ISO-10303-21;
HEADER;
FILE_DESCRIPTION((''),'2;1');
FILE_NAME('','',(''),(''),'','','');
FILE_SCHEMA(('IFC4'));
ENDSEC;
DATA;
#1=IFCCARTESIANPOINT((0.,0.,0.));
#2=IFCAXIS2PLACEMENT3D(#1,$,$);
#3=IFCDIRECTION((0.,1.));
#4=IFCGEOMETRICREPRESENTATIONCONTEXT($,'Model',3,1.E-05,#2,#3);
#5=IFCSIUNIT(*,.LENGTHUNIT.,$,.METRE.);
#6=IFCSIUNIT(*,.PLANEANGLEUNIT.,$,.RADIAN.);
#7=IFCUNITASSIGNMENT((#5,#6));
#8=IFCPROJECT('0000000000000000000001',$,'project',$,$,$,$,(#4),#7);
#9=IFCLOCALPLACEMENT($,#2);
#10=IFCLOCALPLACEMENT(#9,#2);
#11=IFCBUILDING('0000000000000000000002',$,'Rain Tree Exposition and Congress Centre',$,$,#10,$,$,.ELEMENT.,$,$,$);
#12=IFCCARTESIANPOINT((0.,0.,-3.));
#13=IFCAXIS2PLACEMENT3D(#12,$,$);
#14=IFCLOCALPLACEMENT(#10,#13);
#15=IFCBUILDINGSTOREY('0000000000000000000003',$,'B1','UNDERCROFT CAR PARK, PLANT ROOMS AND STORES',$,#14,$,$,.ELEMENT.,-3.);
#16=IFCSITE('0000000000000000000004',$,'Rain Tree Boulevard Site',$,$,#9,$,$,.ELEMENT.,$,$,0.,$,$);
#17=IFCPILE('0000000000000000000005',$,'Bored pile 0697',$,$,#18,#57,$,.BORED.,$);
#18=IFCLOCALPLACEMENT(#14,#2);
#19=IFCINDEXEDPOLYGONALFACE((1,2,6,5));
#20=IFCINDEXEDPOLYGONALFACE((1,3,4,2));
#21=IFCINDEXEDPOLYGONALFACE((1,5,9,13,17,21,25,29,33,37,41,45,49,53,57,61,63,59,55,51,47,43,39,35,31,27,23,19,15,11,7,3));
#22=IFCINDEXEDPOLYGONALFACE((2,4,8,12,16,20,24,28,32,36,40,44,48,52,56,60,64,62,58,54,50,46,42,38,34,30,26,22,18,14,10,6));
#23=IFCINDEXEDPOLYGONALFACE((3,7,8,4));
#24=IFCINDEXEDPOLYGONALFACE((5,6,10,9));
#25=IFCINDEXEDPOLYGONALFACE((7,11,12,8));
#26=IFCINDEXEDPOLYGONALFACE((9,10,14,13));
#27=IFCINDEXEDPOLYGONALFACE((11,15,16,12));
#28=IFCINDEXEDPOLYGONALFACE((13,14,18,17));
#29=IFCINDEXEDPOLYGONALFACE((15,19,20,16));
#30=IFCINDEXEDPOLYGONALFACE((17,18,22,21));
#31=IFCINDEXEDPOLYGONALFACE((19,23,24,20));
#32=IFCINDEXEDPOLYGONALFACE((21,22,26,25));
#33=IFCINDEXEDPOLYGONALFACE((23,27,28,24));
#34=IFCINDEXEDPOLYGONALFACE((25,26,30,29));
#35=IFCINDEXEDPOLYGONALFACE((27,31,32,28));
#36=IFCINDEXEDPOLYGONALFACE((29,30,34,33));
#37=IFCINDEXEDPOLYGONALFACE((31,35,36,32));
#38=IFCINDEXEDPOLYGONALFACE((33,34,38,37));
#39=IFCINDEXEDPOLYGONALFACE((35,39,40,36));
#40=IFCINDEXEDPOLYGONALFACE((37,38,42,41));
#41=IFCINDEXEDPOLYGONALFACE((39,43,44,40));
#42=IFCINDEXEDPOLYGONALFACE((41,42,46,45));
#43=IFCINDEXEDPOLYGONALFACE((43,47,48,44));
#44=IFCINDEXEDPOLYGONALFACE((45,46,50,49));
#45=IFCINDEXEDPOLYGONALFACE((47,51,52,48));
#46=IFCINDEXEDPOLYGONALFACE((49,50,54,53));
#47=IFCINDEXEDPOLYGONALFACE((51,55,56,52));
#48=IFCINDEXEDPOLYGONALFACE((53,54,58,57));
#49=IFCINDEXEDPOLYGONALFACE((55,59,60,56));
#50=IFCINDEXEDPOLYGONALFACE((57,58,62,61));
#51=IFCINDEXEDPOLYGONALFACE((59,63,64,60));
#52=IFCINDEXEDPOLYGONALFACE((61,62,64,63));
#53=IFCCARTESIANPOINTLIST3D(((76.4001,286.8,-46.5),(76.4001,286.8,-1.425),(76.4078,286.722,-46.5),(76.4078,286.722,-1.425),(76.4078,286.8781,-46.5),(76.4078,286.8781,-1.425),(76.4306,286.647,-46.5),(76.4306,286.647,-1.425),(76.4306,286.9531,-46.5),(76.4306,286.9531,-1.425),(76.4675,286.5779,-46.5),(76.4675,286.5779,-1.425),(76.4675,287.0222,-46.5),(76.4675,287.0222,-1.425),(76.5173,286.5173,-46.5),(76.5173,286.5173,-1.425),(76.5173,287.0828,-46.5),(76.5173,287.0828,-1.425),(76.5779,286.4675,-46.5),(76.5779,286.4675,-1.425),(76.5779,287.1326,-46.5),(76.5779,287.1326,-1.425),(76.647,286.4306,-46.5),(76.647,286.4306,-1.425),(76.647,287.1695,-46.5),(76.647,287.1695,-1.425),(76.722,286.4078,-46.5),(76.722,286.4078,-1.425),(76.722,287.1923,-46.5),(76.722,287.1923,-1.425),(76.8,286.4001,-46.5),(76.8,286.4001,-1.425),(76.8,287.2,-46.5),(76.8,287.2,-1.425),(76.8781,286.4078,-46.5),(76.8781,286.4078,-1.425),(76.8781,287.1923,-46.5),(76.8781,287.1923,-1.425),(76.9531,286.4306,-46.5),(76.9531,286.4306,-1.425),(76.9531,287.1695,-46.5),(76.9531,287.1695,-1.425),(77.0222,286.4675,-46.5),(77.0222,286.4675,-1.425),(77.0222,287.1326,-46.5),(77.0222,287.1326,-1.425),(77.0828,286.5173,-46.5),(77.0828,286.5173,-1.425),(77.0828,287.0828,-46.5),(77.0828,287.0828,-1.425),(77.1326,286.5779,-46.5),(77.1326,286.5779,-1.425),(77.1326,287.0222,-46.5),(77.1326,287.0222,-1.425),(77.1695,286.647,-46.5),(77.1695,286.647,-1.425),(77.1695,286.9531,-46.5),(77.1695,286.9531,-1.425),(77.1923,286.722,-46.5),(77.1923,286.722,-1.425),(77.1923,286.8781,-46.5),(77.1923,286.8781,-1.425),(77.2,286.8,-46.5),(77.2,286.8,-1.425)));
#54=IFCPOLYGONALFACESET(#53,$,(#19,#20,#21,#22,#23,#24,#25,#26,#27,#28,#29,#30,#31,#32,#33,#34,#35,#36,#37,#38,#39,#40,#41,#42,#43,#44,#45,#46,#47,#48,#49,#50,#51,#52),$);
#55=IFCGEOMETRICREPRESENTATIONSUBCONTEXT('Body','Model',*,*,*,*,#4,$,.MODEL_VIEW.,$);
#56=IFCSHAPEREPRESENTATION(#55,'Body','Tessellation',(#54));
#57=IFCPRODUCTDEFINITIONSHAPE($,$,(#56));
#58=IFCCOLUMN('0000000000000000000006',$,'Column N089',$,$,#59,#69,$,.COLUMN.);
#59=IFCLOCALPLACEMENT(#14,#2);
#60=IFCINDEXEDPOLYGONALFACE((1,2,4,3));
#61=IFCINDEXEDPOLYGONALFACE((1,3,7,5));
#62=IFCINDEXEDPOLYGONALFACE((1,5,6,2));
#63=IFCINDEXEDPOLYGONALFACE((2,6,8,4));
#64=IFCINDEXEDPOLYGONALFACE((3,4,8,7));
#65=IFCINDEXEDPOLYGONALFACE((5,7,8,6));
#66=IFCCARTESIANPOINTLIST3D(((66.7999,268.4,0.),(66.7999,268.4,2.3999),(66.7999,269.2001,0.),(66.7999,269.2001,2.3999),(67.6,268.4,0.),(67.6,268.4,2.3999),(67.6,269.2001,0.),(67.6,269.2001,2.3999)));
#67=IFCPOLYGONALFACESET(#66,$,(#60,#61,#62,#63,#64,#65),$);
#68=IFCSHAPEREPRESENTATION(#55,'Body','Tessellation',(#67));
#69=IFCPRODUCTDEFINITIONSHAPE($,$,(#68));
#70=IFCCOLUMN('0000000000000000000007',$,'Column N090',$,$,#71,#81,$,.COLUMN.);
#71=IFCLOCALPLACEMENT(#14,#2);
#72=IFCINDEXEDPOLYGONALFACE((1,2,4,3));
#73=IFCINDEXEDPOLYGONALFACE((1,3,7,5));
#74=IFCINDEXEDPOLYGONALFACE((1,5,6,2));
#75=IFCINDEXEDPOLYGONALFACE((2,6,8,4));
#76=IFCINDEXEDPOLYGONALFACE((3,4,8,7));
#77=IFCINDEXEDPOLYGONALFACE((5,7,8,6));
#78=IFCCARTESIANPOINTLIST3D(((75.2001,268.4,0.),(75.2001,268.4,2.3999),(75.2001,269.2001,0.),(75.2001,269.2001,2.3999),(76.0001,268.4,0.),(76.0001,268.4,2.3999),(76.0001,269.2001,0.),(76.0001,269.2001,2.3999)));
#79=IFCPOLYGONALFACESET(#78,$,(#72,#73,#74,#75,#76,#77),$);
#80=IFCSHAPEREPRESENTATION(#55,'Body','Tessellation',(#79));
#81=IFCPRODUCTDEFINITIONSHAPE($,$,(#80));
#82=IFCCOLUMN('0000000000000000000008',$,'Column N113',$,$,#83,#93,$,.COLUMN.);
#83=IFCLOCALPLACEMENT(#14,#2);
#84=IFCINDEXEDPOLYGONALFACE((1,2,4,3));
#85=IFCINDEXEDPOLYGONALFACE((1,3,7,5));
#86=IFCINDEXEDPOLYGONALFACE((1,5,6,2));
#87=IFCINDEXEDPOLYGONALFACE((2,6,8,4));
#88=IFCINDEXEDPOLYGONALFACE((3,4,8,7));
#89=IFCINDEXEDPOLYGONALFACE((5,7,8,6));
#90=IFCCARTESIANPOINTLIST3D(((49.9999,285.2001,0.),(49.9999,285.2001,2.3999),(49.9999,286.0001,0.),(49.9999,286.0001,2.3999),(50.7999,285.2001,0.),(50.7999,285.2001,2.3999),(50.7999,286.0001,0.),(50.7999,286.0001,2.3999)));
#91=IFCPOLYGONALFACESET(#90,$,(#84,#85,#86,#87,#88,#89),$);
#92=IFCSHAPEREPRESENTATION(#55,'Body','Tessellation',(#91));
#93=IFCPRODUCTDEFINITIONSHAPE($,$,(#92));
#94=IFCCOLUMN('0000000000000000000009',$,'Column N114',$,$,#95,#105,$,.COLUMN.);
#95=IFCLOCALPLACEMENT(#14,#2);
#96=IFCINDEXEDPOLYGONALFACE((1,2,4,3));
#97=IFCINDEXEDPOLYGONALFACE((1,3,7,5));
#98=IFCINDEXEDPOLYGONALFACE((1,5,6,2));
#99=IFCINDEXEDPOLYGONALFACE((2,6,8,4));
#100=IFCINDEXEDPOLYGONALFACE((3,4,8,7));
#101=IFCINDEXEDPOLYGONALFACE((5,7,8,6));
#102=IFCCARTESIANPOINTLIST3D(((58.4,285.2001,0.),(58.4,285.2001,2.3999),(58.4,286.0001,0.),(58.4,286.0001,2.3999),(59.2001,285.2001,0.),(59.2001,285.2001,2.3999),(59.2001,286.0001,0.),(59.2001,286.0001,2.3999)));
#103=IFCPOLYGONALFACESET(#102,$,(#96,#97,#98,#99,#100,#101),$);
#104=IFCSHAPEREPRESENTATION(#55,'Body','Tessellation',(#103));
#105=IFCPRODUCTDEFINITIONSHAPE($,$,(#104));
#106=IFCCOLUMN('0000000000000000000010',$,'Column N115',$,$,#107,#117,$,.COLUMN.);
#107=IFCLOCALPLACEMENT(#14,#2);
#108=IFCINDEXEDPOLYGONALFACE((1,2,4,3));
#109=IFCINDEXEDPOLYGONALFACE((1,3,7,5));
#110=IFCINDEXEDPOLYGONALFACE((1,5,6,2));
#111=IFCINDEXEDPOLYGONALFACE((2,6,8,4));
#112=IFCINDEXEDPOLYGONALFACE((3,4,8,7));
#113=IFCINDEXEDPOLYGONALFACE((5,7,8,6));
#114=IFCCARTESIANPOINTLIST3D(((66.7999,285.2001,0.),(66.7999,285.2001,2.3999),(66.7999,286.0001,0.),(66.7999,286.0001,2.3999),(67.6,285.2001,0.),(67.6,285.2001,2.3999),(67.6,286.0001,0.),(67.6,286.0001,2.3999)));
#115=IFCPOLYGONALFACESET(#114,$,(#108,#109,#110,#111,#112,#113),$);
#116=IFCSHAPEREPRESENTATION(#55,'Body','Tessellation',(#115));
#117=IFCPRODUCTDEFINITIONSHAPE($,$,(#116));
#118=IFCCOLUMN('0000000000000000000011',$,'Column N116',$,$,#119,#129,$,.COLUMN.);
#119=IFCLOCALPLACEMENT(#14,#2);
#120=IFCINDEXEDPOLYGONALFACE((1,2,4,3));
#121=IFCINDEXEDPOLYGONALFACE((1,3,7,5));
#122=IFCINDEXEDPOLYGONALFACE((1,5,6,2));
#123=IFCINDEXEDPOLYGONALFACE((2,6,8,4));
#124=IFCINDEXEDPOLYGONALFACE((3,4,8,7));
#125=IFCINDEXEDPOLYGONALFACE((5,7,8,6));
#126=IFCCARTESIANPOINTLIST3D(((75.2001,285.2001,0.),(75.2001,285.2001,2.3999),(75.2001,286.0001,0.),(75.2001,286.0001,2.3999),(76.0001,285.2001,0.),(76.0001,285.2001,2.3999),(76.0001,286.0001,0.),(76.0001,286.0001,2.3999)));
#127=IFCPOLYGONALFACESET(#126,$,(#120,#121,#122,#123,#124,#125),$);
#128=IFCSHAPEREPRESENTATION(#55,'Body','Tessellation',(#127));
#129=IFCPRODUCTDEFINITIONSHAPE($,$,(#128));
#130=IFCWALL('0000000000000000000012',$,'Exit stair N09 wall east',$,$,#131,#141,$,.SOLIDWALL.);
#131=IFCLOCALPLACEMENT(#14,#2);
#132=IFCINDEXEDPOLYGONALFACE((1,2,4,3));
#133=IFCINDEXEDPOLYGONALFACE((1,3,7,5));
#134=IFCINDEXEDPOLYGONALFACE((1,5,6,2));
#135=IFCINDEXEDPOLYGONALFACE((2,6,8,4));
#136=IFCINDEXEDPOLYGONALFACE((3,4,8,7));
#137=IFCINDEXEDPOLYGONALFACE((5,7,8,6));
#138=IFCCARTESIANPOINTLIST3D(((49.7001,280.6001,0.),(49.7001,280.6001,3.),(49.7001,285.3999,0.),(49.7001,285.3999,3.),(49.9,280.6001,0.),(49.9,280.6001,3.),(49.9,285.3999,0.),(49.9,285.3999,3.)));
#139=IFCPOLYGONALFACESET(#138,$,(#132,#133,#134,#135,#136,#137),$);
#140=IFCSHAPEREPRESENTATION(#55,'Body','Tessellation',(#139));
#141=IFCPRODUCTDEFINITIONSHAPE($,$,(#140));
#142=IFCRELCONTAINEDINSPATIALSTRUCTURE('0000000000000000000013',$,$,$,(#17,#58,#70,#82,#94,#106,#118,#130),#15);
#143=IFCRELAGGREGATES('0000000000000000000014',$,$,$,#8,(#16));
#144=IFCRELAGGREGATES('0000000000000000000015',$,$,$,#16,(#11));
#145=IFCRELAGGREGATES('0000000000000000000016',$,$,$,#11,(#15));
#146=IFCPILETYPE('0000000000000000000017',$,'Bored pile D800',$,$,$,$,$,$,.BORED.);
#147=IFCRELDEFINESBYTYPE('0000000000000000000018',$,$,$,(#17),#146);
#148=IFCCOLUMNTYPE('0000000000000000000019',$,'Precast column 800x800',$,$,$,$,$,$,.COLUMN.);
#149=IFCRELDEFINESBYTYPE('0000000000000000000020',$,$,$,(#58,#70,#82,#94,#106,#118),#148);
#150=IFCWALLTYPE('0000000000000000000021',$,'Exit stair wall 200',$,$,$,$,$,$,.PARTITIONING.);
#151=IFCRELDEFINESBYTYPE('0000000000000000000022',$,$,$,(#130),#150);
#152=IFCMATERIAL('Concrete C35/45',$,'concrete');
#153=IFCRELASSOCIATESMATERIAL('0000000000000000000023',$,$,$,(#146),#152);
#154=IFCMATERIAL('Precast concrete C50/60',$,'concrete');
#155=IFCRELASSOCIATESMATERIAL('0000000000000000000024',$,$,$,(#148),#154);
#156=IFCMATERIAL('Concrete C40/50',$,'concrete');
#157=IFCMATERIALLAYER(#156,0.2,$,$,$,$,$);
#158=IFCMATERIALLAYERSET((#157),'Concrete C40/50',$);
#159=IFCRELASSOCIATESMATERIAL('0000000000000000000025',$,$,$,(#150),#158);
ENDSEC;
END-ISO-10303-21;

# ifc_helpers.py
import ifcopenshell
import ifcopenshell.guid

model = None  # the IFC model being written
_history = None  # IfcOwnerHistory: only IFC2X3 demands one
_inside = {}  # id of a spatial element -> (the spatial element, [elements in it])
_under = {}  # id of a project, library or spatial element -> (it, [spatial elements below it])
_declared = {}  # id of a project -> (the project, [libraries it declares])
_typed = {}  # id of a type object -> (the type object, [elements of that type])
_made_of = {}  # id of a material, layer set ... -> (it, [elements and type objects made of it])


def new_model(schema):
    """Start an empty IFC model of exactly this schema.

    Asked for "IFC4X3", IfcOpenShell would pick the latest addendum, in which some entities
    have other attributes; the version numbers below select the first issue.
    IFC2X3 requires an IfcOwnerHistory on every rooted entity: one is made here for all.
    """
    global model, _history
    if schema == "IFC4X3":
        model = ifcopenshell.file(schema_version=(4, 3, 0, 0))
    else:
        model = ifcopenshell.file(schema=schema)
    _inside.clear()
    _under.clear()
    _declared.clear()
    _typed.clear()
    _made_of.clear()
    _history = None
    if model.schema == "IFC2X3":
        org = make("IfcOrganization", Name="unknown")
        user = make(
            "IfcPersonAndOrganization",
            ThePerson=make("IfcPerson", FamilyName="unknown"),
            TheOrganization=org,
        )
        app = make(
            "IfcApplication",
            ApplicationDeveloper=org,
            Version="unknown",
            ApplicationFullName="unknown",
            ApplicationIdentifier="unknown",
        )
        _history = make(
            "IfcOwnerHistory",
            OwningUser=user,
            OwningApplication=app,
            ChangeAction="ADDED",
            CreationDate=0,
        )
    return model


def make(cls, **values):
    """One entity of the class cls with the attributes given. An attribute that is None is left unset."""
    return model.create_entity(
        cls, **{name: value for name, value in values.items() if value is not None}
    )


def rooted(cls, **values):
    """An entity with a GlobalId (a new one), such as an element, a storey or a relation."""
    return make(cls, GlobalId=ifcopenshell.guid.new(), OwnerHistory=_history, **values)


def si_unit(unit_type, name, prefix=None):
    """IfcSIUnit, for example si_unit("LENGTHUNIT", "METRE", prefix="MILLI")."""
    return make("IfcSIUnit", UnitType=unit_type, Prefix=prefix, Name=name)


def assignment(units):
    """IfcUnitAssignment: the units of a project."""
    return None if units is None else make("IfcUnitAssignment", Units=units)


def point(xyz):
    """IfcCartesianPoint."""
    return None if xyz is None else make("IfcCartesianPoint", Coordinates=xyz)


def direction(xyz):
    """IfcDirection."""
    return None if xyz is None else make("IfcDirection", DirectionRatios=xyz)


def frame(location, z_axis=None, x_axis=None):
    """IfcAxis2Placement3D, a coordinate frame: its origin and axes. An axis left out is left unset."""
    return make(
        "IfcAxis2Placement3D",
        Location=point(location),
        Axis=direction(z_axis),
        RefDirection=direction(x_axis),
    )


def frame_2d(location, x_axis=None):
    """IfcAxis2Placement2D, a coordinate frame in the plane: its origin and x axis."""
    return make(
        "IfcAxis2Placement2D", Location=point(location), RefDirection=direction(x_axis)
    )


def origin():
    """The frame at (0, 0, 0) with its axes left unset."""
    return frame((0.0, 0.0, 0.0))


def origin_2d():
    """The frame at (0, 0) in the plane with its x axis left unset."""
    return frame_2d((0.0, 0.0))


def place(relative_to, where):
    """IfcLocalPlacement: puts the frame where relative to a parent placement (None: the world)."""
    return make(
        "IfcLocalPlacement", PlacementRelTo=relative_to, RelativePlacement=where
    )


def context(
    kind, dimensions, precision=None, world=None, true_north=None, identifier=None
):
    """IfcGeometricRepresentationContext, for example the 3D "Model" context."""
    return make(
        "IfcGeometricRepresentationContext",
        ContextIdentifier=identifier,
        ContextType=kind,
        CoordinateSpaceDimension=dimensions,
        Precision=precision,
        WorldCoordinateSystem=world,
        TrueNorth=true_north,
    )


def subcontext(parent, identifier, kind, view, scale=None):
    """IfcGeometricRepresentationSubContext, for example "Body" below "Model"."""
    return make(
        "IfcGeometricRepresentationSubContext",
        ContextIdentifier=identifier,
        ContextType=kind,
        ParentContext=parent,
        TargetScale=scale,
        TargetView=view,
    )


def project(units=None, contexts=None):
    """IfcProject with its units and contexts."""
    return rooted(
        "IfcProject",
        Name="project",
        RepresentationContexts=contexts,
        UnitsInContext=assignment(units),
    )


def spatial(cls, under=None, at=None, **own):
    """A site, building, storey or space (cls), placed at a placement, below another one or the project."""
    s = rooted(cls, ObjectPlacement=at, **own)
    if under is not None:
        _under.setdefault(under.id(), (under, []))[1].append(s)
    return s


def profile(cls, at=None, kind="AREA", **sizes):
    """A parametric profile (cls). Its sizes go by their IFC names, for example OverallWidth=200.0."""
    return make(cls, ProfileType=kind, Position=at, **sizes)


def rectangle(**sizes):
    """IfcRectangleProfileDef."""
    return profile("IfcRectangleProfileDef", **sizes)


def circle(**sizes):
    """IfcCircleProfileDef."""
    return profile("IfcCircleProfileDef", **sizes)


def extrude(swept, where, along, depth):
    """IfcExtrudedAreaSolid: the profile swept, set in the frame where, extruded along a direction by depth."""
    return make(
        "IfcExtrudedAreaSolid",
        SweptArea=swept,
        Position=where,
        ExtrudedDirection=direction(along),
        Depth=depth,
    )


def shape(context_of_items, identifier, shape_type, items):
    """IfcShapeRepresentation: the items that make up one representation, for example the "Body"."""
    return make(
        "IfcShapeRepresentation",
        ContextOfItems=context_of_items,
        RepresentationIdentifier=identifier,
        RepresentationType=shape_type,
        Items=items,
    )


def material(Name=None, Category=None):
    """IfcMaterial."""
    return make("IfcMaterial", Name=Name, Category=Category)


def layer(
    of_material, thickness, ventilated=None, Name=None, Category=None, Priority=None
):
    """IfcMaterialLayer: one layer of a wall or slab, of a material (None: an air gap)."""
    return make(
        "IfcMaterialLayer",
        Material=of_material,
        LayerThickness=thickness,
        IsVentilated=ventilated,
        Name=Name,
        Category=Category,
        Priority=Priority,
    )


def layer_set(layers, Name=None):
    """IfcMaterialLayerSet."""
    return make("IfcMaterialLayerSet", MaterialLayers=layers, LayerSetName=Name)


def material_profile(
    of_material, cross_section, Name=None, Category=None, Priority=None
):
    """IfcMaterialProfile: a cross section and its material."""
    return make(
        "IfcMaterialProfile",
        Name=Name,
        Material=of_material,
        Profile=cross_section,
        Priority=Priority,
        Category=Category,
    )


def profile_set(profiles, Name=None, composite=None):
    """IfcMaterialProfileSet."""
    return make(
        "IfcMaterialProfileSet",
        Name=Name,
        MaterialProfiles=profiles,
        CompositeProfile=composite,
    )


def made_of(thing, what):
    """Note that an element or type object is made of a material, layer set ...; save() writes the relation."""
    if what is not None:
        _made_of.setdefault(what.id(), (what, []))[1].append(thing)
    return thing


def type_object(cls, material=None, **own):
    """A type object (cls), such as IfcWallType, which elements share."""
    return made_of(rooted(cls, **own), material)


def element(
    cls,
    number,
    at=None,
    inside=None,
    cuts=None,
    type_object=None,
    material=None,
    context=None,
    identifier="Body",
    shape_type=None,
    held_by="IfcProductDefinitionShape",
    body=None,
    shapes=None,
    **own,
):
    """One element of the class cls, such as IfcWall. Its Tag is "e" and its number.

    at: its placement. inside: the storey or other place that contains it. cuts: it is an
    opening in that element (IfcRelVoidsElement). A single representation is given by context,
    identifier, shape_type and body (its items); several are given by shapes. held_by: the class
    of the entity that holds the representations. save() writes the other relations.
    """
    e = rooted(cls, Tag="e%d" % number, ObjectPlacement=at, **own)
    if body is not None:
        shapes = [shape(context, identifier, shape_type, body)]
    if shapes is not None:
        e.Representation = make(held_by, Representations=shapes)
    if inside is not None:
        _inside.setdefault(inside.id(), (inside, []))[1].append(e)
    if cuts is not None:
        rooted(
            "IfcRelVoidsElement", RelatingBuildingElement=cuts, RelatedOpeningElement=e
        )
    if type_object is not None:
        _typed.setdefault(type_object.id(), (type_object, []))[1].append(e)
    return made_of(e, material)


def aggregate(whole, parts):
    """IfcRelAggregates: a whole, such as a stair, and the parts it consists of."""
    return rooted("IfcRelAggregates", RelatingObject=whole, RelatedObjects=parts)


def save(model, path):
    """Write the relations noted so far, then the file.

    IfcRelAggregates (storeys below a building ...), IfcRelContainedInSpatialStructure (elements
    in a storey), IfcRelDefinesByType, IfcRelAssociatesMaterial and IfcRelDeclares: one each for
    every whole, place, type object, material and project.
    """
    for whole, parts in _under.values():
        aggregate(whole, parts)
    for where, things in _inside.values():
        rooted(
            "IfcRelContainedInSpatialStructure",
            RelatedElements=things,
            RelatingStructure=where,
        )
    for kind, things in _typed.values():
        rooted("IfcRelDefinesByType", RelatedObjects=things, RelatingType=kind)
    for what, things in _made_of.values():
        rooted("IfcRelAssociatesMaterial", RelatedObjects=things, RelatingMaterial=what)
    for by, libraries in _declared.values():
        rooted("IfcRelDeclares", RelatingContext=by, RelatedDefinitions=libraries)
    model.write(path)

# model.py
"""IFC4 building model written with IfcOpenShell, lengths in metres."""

from ifc_helpers import new_model, si_unit, direction, frame, frame_2d, origin, origin_2d, place, context, subcontext, project, spatial, rectangle, circle, extrude, material, layer, layer_set, material_profile, profile_set, type_object, element, save


model = new_model("IFC4")

# Units and contexts
model_context = context("Model", 3, precision=1e-05, world=origin(), true_north=direction((0.0, 1.0)))
body_context = subcontext(model_context, "Body", "Model", "MODEL_VIEW")
ifc_project = project(units=[si_unit("LENGTHUNIT", "METRE"), si_unit("PLANEANGLEUNIT", "RADIAN")], contexts=[model_context])

# Site, building, storey
site_placement = place(None, origin())
site = spatial("IfcSite", under=ifc_project, at=site_placement, Name="Rain Tree Boulevard Site", CompositionType="ELEMENT", RefElevation=0.0)
building_placement = place(site_placement, origin())
building = spatial("IfcBuilding", under=site, at=building_placement, Name="Rain Tree Exposition and Congress Centre", CompositionType="ELEMENT")
storey_placement = place(building_placement, frame((0.0, 0.0, -3.0)))
storey = spatial("IfcBuildingStorey", under=building, at=storey_placement, Name="B1", Description="UNDERCROFT CAR PARK, PLANT ROOMS AND STORES", CompositionType="ELEMENT", Elevation=-3.0)

# Pile
ifc_material_1 = material(Name="Concrete C35/45", Category="concrete")
ifc_material_profile_1 = material_profile(ifc_material_1, circle(Radius=0.3999, at=origin_2d()), Name="D800")
ifc_profile_set_1 = profile_set([ifc_material_profile_1], Name="Concrete C35/45")
pile_type_1 = type_object("IfcPileType", Name="Bored pile D800", PredefinedType="BORED", material=ifc_profile_set_1)
for number, where, z_axis, x_axis, name in (
    (1, (76.8, 286.8, -1.425), (0.0, 0.0, -1.0), (1.0, 0.0, 0.0), "Bored pile 0697"),
):
    element("IfcPile", number, at=place(storey_placement, frame(where, z_axis=z_axis, x_axis=x_axis)), inside=storey, type_object=pile_type_1, Name=name, PredefinedType="BORED", context=body_context, shape_type="SweptSolid", body=[
        extrude(circle(Radius=0.3999, at=origin_2d()), origin(), (0.0, 0.0, 1.0), 45.075),
    ])

# Columns
ifc_material_2 = material(Name="Precast concrete C50/60", Category="concrete")
ifc_material_profile_2 = material_profile(ifc_material_2, rectangle(XDim=0.8, YDim=0.8, at=origin_2d()), Name="RC 800x800")
ifc_profile_set_2 = profile_set([ifc_material_profile_2], Name="Precast concrete C50/60")
column_type = type_object("IfcColumnType", Name="Precast column 800x800", PredefinedType="COLUMN", material=ifc_profile_set_2)
for number, where, z_axis, x_axis, name in (
    (2, (67.2, 268.8, 0.0), (0.0, 0.0, 1.0), (1.0, 0.0, 0.0), "Column N089"),
    (3, (75.6001, 268.8, 0.0), (0.0, 0.0, 1.0), (1.0, 0.0, 0.0), "Column N090"),
    (4, (50.3999, 285.6001, 0.0), (0.0, 0.0, 1.0), (1.0, 0.0, 0.0), "Column N113"),
    (5, (58.8, 285.6001, 0.0), (0.0, 0.0, 1.0), (1.0, 0.0, 0.0), "Column N114"),
    (6, (67.2, 285.6001, 0.0), (0.0, 0.0, 1.0), (1.0, 0.0, 0.0), "Column N115"),
    (7, (75.6001, 285.6001, 0.0), (0.0, 0.0, 1.0), (1.0, 0.0, 0.0), "Column N116"),
):
    element("IfcColumn", number, at=place(storey_placement, frame(where, z_axis=z_axis, x_axis=x_axis)), inside=storey, type_object=column_type, Name=name, PredefinedType="COLUMN", context=body_context, shape_type="SweptSolid", body=[
        extrude(rectangle(XDim=0.8, YDim=0.8, at=origin_2d()), origin(), (0.0, 0.0, 1.0), 2.3999),
    ])

# Wall
ifc_material_3 = material(Name="Concrete C40/50", Category="concrete")
ifc_layer = layer(ifc_material_3, 0.2)
ifc_layer_set = layer_set([ifc_layer], Name="Concrete C40/50")
wall_type = type_object("IfcWallType", Name="Exit stair wall 200", PredefinedType="PARTITIONING", material=ifc_layer_set)
wall_placement = place(storey_placement, frame((49.8, 280.6001, 0.0), z_axis=(0.0, 0.0, 1.0), x_axis=(0.0, 1.0, 0.0)))
element("IfcWall", 8, at=wall_placement, inside=storey, type_object=wall_type, Name="Exit stair N09 wall east", PredefinedType="SOLIDWALL", context=body_context, shape_type="SweptSolid", body=[
    extrude(rectangle(XDim=4.7998, YDim=0.2, at=frame_2d((2.3999, 0.0))), origin(), (0.0, 0.0, 1.0), 3.0),
])

save(model, "model.ifc")
